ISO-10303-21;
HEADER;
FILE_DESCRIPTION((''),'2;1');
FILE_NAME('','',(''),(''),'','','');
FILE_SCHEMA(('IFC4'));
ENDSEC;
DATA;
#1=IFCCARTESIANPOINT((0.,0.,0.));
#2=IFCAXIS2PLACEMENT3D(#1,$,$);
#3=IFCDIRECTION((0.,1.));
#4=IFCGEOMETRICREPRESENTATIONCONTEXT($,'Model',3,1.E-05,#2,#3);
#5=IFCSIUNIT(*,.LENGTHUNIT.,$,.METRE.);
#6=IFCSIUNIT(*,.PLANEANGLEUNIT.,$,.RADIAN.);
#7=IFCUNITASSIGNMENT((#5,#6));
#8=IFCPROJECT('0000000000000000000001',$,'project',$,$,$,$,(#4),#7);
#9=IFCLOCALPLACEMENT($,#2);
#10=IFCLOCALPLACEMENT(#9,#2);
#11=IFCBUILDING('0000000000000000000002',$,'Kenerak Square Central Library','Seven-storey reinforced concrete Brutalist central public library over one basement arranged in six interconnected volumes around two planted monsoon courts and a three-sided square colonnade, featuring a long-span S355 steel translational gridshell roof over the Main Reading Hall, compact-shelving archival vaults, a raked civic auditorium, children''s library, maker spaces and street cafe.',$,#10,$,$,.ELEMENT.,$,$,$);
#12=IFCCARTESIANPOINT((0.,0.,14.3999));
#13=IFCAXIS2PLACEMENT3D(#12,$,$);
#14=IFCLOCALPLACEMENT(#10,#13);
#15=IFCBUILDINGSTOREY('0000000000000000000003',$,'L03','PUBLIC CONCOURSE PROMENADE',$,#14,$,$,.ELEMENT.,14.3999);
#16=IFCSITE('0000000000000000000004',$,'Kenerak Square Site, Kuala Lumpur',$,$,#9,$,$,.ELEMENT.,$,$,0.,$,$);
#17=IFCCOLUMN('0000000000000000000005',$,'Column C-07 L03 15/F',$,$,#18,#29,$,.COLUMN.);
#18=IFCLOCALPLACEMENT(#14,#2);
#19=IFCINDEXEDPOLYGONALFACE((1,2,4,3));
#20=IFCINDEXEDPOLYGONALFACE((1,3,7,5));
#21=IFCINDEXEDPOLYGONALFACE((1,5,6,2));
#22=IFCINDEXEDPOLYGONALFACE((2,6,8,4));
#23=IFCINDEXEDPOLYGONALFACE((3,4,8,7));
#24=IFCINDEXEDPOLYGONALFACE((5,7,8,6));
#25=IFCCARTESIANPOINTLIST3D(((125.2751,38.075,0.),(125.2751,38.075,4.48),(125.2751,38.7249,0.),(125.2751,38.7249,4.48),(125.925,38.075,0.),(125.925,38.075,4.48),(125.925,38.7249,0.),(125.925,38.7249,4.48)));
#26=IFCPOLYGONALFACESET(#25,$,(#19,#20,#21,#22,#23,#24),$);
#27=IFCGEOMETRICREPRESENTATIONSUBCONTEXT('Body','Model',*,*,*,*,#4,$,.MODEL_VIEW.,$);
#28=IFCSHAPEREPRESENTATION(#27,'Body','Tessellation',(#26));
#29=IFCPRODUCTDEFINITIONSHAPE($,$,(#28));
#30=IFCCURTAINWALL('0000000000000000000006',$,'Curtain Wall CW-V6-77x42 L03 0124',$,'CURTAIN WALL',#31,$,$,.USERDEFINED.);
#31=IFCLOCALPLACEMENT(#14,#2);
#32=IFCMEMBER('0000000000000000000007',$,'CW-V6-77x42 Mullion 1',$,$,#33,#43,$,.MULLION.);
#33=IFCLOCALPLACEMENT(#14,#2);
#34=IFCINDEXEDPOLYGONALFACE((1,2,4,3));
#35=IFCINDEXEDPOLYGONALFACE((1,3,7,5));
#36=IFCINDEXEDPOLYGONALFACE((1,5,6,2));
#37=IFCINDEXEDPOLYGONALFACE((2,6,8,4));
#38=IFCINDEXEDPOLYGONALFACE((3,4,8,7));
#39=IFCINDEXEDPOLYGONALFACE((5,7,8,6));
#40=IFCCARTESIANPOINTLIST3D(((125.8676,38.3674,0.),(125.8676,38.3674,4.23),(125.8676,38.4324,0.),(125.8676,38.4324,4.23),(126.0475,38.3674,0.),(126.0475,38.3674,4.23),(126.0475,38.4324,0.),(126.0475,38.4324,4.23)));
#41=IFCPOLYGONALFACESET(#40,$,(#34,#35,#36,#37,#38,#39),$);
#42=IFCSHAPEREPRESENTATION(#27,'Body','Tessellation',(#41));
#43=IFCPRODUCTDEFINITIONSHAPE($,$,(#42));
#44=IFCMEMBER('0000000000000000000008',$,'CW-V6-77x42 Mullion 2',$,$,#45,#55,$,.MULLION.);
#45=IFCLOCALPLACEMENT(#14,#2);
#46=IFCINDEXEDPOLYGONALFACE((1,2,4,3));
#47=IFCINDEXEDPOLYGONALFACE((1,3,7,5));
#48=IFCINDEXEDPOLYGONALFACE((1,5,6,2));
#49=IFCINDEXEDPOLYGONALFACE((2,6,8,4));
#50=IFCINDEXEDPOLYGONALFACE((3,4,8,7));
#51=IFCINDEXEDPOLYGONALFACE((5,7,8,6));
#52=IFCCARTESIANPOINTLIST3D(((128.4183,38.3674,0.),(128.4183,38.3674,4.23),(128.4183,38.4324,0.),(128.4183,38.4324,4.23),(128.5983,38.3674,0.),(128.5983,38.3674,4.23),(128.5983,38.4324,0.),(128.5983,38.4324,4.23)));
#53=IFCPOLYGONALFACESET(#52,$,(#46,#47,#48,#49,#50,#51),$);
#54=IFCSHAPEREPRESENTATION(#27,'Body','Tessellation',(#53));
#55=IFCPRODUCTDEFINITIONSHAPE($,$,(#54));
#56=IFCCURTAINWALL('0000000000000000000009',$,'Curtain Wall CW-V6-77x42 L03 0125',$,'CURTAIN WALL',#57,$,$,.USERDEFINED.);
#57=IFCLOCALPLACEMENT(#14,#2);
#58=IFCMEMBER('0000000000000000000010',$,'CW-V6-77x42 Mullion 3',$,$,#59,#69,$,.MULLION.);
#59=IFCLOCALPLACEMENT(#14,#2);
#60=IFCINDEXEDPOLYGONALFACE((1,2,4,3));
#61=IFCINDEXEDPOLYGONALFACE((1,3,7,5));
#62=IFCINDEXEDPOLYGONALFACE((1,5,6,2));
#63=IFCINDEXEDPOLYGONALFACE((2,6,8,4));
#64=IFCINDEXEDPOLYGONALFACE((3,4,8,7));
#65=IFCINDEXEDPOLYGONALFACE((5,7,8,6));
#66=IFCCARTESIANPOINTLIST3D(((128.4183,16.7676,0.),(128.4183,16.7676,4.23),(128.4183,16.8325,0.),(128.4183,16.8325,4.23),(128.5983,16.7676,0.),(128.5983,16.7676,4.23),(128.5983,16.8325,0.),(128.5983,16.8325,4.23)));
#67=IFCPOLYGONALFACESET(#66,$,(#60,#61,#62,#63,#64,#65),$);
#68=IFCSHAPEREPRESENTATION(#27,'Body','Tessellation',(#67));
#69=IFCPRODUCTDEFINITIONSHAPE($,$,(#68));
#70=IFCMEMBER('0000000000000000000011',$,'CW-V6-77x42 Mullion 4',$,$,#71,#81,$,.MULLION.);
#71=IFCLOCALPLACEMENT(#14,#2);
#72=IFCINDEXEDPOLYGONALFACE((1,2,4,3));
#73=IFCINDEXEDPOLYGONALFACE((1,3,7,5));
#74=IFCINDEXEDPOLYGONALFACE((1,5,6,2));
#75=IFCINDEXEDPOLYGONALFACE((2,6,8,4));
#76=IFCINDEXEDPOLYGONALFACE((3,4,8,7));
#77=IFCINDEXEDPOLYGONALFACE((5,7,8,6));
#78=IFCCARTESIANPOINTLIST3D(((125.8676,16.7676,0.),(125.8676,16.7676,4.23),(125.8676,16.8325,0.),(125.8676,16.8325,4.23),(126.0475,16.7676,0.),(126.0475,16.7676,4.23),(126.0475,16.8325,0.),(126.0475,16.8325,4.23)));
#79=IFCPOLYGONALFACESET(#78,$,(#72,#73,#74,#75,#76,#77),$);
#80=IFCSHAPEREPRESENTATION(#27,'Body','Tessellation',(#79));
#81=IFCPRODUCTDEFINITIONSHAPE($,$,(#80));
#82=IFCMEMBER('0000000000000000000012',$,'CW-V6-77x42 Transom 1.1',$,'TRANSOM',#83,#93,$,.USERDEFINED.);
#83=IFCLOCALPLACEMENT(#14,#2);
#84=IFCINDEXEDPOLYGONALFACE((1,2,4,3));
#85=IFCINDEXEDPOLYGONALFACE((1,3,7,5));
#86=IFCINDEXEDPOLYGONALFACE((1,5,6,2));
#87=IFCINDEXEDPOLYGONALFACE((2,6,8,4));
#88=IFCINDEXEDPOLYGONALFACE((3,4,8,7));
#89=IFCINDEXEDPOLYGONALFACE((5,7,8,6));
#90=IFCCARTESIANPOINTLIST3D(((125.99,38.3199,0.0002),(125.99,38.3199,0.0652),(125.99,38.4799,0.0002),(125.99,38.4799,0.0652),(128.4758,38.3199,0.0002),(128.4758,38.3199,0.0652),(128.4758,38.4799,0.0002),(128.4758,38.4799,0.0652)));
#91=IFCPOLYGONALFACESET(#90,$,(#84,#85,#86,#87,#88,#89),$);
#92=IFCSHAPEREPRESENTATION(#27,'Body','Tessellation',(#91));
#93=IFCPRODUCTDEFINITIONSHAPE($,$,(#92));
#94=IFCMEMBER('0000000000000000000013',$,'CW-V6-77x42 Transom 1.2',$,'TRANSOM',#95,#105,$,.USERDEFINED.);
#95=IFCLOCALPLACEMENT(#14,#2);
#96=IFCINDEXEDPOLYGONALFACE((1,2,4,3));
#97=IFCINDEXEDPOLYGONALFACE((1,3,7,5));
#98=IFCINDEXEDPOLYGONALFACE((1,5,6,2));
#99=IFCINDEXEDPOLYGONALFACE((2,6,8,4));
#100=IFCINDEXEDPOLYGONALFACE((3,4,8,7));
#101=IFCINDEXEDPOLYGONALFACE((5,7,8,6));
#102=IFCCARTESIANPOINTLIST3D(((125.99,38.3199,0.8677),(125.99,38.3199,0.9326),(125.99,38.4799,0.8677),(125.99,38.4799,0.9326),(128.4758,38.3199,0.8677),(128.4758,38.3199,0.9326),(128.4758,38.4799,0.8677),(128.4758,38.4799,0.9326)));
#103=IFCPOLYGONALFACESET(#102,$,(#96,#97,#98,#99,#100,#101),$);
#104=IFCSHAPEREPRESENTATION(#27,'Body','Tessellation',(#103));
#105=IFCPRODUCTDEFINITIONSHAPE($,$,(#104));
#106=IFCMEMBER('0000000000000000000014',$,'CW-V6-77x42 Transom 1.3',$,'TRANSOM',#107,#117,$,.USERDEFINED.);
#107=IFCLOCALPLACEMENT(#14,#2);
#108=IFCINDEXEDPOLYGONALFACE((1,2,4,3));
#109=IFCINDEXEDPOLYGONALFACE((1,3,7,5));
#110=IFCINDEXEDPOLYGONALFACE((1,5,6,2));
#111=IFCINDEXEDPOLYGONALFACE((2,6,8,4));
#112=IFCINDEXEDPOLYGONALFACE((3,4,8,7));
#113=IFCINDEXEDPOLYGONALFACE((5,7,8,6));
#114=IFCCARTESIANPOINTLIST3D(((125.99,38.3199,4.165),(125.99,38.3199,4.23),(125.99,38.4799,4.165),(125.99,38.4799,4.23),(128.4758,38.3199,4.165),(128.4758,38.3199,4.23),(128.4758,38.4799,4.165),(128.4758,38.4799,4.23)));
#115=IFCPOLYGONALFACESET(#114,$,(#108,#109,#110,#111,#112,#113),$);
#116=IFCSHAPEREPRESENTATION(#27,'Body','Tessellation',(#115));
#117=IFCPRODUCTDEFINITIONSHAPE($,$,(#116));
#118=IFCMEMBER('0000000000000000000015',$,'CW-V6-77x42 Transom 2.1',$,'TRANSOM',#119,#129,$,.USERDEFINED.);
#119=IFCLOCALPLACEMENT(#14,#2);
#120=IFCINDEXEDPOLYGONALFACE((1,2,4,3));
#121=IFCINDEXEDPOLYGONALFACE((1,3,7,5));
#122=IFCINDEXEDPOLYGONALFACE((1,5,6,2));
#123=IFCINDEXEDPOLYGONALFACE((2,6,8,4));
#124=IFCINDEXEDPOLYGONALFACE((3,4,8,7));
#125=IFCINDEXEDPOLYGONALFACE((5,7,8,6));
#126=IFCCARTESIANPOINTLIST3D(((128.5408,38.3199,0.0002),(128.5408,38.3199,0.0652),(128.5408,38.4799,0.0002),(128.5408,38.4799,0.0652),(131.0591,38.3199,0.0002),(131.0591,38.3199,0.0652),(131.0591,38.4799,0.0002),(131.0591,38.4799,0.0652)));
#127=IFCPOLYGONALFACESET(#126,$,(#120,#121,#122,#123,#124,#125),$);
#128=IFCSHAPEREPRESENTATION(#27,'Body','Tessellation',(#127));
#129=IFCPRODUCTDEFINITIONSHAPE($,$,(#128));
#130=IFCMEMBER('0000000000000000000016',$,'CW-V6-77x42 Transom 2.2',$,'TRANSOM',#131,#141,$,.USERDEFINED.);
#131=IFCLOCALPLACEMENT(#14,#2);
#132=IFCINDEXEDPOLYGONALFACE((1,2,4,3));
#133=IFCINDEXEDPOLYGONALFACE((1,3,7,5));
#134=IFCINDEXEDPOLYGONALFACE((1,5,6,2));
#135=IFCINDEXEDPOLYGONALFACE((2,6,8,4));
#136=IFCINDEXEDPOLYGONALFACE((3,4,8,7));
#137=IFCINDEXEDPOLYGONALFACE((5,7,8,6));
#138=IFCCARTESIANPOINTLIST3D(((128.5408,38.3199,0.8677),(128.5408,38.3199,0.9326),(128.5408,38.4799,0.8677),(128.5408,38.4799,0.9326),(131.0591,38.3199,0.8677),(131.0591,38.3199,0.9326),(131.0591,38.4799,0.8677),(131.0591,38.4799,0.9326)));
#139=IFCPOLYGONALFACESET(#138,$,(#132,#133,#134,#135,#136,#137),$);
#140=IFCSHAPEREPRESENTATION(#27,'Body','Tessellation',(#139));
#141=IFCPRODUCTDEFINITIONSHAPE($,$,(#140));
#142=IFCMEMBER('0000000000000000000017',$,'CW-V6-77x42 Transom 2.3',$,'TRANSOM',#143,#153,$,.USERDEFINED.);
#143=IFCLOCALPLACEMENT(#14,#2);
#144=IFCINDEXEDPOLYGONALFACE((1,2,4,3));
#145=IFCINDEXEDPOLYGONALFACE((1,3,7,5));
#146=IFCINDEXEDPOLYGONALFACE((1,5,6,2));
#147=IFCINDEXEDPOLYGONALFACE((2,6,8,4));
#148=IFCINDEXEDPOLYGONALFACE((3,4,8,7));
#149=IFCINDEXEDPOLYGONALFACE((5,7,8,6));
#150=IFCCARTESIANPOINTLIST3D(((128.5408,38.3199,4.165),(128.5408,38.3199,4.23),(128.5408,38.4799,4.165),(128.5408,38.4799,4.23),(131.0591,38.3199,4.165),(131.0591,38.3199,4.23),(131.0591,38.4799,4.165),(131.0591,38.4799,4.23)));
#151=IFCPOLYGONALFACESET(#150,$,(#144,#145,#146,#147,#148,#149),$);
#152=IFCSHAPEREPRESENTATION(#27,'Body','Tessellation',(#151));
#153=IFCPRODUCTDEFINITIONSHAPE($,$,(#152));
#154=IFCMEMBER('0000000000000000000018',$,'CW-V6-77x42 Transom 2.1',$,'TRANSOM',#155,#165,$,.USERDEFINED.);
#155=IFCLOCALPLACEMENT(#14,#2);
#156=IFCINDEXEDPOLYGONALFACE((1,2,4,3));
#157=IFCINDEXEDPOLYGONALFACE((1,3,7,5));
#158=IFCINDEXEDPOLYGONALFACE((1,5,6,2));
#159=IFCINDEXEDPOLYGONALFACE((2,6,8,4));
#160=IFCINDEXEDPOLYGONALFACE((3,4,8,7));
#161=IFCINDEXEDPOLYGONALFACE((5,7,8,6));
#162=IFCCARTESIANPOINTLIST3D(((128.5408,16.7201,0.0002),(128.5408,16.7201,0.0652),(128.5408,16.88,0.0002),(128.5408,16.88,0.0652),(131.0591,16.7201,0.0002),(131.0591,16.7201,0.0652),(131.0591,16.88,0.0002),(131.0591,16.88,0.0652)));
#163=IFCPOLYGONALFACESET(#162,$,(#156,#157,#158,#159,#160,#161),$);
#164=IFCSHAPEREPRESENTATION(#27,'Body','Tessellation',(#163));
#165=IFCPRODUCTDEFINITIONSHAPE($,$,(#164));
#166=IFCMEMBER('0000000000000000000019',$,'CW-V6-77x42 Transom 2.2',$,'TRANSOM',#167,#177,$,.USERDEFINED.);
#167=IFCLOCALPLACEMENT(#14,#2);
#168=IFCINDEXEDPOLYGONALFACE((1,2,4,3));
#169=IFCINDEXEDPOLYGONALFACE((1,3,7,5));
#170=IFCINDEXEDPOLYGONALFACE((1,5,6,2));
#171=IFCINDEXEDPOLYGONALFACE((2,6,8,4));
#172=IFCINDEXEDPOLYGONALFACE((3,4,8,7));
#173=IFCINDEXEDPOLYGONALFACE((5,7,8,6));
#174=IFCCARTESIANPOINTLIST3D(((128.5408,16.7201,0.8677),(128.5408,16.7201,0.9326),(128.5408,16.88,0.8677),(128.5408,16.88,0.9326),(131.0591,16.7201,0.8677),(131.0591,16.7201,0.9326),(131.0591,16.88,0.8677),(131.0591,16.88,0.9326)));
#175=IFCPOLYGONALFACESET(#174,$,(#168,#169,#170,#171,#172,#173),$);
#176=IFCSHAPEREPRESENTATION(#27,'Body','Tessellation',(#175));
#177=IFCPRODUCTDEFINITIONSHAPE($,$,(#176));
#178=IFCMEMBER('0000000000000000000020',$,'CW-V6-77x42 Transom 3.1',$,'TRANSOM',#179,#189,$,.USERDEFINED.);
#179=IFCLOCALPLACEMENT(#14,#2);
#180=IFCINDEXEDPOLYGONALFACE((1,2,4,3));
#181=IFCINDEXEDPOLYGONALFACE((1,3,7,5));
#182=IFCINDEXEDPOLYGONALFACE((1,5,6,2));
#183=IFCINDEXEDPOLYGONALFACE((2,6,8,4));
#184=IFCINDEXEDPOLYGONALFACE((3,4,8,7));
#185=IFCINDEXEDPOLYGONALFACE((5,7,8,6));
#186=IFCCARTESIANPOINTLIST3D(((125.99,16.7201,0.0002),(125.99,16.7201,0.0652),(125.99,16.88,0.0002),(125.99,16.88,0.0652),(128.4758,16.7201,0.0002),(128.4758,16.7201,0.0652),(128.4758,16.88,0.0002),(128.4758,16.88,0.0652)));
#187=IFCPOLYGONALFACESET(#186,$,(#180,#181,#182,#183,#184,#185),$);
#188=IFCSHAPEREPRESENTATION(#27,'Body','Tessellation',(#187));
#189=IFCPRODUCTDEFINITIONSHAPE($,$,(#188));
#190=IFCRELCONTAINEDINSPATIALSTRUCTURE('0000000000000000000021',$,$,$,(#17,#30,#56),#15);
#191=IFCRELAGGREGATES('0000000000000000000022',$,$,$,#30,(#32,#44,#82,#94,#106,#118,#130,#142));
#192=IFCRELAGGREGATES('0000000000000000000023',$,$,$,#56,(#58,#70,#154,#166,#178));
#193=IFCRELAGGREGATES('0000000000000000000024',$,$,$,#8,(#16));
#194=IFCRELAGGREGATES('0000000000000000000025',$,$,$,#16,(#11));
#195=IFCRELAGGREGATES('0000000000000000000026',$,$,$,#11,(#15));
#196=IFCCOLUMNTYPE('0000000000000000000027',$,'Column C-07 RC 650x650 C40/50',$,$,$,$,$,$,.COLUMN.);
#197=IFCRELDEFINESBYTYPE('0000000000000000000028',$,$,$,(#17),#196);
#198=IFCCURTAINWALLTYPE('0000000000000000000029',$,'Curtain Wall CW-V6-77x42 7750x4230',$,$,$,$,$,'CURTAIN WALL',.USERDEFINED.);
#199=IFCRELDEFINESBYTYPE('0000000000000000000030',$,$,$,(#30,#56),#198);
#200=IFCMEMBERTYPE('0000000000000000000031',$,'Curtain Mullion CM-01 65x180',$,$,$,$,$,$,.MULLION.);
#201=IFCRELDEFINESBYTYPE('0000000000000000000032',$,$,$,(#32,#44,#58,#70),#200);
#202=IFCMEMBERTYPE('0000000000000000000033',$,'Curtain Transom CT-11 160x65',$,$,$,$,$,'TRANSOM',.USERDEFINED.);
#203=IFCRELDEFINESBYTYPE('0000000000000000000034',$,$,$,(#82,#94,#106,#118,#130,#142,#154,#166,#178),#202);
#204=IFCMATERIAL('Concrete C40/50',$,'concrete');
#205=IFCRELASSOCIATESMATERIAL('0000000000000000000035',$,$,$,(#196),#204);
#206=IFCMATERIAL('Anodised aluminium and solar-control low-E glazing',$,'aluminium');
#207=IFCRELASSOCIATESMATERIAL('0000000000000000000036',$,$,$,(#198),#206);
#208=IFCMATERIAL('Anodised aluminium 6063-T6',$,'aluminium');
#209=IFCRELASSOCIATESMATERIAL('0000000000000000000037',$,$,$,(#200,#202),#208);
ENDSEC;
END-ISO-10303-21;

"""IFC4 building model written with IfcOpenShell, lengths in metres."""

from ifc_helpers import new_model, si_unit, direction, frame, origin, origin_2d, place, context, subcontext, project, spatial, rectangle, extrude, material, material_profile, profile_set, type_object, element, aggregate, save


model = new_model("IFC4")

# Units and contexts
model_context = context("Model", 3, precision=1e-05, world=origin(), true_north=direction((0.0, 1.0)))
body_context = subcontext(model_context, "Body", "Model", "MODEL_VIEW")
ifc_project = project(units=[si_unit("LENGTHUNIT", "METRE"), si_unit("PLANEANGLEUNIT", "RADIAN")], contexts=[model_context])

# Site, building, storey
site_placement = place(None, origin())
site = spatial("IfcSite", under=ifc_project, at=site_placement, Name="Kenerak Square Site, Kuala Lumpur", CompositionType="ELEMENT", RefElevation=0.0)
building_placement = place(site_placement, origin())
building = spatial("IfcBuilding", under=site, at=building_placement, Name="Kenerak Square Central Library", Description="Seven-storey reinforced concrete Brutalist central public library over one basement arranged in six interconnected volumes around two planted monsoon courts and a three-sided square colonnade, featuring a long-span S355 steel translational gridshell roof over the Main Reading Hall, compact-shelving archival vaults, a raked civic auditorium, children's library, maker spaces and street cafe.", CompositionType="ELEMENT")
storey_placement = place(building_placement, frame((0.0, 0.0, 14.3999)))
storey = spatial("IfcBuildingStorey", under=building, at=storey_placement, Name="L03", Description="PUBLIC CONCOURSE PROMENADE", CompositionType="ELEMENT", Elevation=14.3999)

# Column
ifc_material_1 = material(Name="Concrete C40/50", Category="concrete")
ifc_material_profile_1 = material_profile(ifc_material_1, rectangle(XDim=0.6499, YDim=0.6499, at=origin_2d()), Name="RC 650x650")
ifc_profile_set_1 = profile_set([ifc_material_profile_1], Name="Concrete C40/50")
column_type = type_object("IfcColumnType", Name="Column C-07 RC 650x650 C40/50", PredefinedType="COLUMN", material=ifc_profile_set_1)
column_placement = place(storey_placement, frame((125.6001, 38.3999, 0.0), z_axis=(0.0, 0.0, 1.0), x_axis=(1.0, 0.0, 0.0)))
element("IfcColumn", 1, at=column_placement, inside=storey, type_object=column_type, Name="Column C-07 L03 15/F", PredefinedType="COLUMN", context=body_context, shape_type="SweptSolid", body=[
    extrude(rectangle(XDim=0.6499, YDim=0.6499, at=origin_2d()), origin(), (0.0, 0.0, 1.0), 4.48),
])

# Curtain walls, members
ifc_material_2 = material(Name="Anodised aluminium and solar-control low-E glazing", Category="aluminium")
curtain_wall_type = type_object("IfcCurtainWallType", Name="Curtain Wall CW-V6-77x42 7750x4230", ElementType="CURTAIN WALL", PredefinedType="USERDEFINED", material=ifc_material_2)
curtain_wall_1_placement = place(storey_placement, origin())
curtain_wall_1 = element("IfcCurtainWall", 2, at=curtain_wall_1_placement, inside=storey, type_object=curtain_wall_type, Name="Curtain Wall CW-V6-77x42 L03 0124", ObjectType="CURTAIN WALL", PredefinedType="USERDEFINED")
ifc_material_3 = material(Name="Anodised aluminium 6063-T6", Category="aluminium")
ifc_material_profile_2 = material_profile(ifc_material_3, rectangle(XDim=0.0649, YDim=0.1799, at=origin_2d()), Name="AL MULLION 65x180")
ifc_profile_set_2 = profile_set([ifc_material_profile_2], Name="Anodised aluminium 6063-T6")
member_type_1 = type_object("IfcMemberType", Name="Curtain Mullion CM-01 65x180", PredefinedType="MULLION", material=ifc_profile_set_2)
member_1_placement = place(storey_placement, frame((125.9575, 38.3999, 0.0), z_axis=(0.0, 0.0, 1.0), x_axis=(0.0, 1.0, 0.0)))
member_1 = element("IfcMember", 3, at=member_1_placement, type_object=member_type_1, Name="CW-V6-77x42 Mullion 1", PredefinedType="MULLION", context=body_context, shape_type="SweptSolid", body=[
    extrude(rectangle(XDim=0.0649, YDim=0.1799, at=origin_2d()), origin(), (0.0, 0.0, 1.0), 4.23),
])
member_2_placement = place(storey_placement, frame((128.5083, 38.3999, 0.0), z_axis=(0.0, 0.0, 1.0), x_axis=(0.0, 1.0, 0.0)))
member_2 = element("IfcMember", 4, at=member_2_placement, type_object=member_type_1, Name="CW-V6-77x42 Mullion 2", PredefinedType="MULLION", context=body_context, shape_type="SweptSolid", body=[
    extrude(rectangle(XDim=0.0649, YDim=0.1799, at=origin_2d()), origin(), (0.0, 0.0, 1.0), 4.23),
])
curtain_wall_2_placement = place(storey_placement, origin())
curtain_wall_2 = element("IfcCurtainWall", 5, at=curtain_wall_2_placement, inside=storey, type_object=curtain_wall_type, Name="Curtain Wall CW-V6-77x42 L03 0125", ObjectType="CURTAIN WALL", PredefinedType="USERDEFINED")
member_3_placement = place(storey_placement, frame((128.5083, 16.8, 0.0), z_axis=(0.0, 0.0, 1.0), x_axis=(0.0, -1.0, 0.0)))
member_3 = element("IfcMember", 6, at=member_3_placement, type_object=member_type_1, Name="CW-V6-77x42 Mullion 3", PredefinedType="MULLION", context=body_context, shape_type="SweptSolid", body=[
    extrude(rectangle(XDim=0.0649, YDim=0.1799, at=origin_2d()), origin(), (0.0, 0.0, 1.0), 4.23),
])
member_4_placement = place(storey_placement, frame((125.9575, 16.8, 0.0), z_axis=(0.0, 0.0, 1.0), x_axis=(0.0, -1.0, 0.0)))
member_4 = element("IfcMember", 7, at=member_4_placement, type_object=member_type_1, Name="CW-V6-77x42 Mullion 4", PredefinedType="MULLION", context=body_context, shape_type="SweptSolid", body=[
    extrude(rectangle(XDim=0.0649, YDim=0.1799, at=origin_2d()), origin(), (0.0, 0.0, 1.0), 4.23),
])

# Members
ifc_material_profile_3 = material_profile(ifc_material_3, rectangle(XDim=0.1599, YDim=0.0649, at=origin_2d()), Name="AL TRANSOM 160x65")
ifc_profile_set_3 = profile_set([ifc_material_profile_3], Name="Anodised aluminium 6063-T6")
member_type_2 = type_object("IfcMemberType", Name="Curtain Transom CT-11 160x65", ElementType="TRANSOM", PredefinedType="USERDEFINED", material=ifc_profile_set_3)
member_5_placement = place(storey_placement, frame((125.99, 38.3999, 0.0327), z_axis=(1.0, 0.0, 0.0), x_axis=(0.0, 1.0, 0.0)))
member_5 = element("IfcMember", 8, at=member_5_placement, type_object=member_type_2, Name="CW-V6-77x42 Transom 1.1", ObjectType="TRANSOM", PredefinedType="USERDEFINED", context=body_context, shape_type="SweptSolid", body=[
    extrude(rectangle(XDim=0.1599, YDim=0.0649, at=origin_2d()), origin(), (0.0, 0.0, 1.0), 2.4858),
])
member_6_placement = place(storey_placement, frame((125.99, 38.3999, 0.9001), z_axis=(1.0, 0.0, 0.0), x_axis=(0.0, 1.0, 0.0)))
member_6 = element("IfcMember", 9, at=member_6_placement, type_object=member_type_2, Name="CW-V6-77x42 Transom 1.2", ObjectType="TRANSOM", PredefinedType="USERDEFINED", context=body_context, shape_type="SweptSolid", body=[
    extrude(rectangle(XDim=0.1599, YDim=0.0649, at=origin_2d()), origin(), (0.0, 0.0, 1.0), 2.4858),
])
member_7_placement = place(storey_placement, frame((125.99, 38.3999, 4.1975), z_axis=(1.0, 0.0, 0.0), x_axis=(0.0, 1.0, 0.0)))
member_7 = element("IfcMember", 10, at=member_7_placement, type_object=member_type_2, Name="CW-V6-77x42 Transom 1.3", ObjectType="TRANSOM", PredefinedType="USERDEFINED", context=body_context, shape_type="SweptSolid", body=[
    extrude(rectangle(XDim=0.1599, YDim=0.0649, at=origin_2d()), origin(), (0.0, 0.0, 1.0), 2.4858),
])
member_8_placement = place(storey_placement, frame((128.5408, 38.3999, 0.0327), z_axis=(1.0, 0.0, 0.0), x_axis=(0.0, 1.0, 0.0)))
member_8 = element("IfcMember", 11, at=member_8_placement, type_object=member_type_2, Name="CW-V6-77x42 Transom 2.1", ObjectType="TRANSOM", PredefinedType="USERDEFINED", context=body_context, shape_type="SweptSolid", body=[
    extrude(rectangle(XDim=0.1599, YDim=0.0649, at=origin_2d()), origin(), (0.0, 0.0, 1.0), 2.5183),
])
member_9_placement = place(storey_placement, frame((128.5408, 38.3999, 0.9001), z_axis=(1.0, 0.0, 0.0), x_axis=(0.0, 1.0, 0.0)))
member_9 = element("IfcMember", 12, at=member_9_placement, type_object=member_type_2, Name="CW-V6-77x42 Transom 2.2", ObjectType="TRANSOM", PredefinedType="USERDEFINED", context=body_context, shape_type="SweptSolid", body=[
    extrude(rectangle(XDim=0.1599, YDim=0.0649, at=origin_2d()), origin(), (0.0, 0.0, 1.0), 2.5183),
])
member_10_placement = place(storey_placement, frame((128.5408, 38.3999, 4.1975), z_axis=(1.0, 0.0, 0.0), x_axis=(0.0, 1.0, 0.0)))
member_10 = element("IfcMember", 13, at=member_10_placement, type_object=member_type_2, Name="CW-V6-77x42 Transom 2.3", ObjectType="TRANSOM", PredefinedType="USERDEFINED", context=body_context, shape_type="SweptSolid", body=[
    extrude(rectangle(XDim=0.1599, YDim=0.0649, at=origin_2d()), origin(), (0.0, 0.0, 1.0), 2.5183),
])
member_11_placement = place(storey_placement, frame((131.0591, 16.8, 0.0327), z_axis=(-1.0, 0.0, 0.0), x_axis=(0.0, -1.0, 0.0)))
member_11 = element("IfcMember", 14, at=member_11_placement, type_object=member_type_2, Name="CW-V6-77x42 Transom 2.1", ObjectType="TRANSOM", PredefinedType="USERDEFINED", context=body_context, shape_type="SweptSolid", body=[
    extrude(rectangle(XDim=0.1599, YDim=0.0649, at=origin_2d()), origin(), (0.0, 0.0, 1.0), 2.5183),
])
member_12_placement = place(storey_placement, frame((131.0591, 16.8, 0.9001), z_axis=(-1.0, 0.0, 0.0), x_axis=(0.0, -1.0, 0.0)))
member_12 = element("IfcMember", 15, at=member_12_placement, type_object=member_type_2, Name="CW-V6-77x42 Transom 2.2", ObjectType="TRANSOM", PredefinedType="USERDEFINED", context=body_context, shape_type="SweptSolid", body=[
    extrude(rectangle(XDim=0.1599, YDim=0.0649, at=origin_2d()), origin(), (0.0, 0.0, 1.0), 2.5183),
])
member_13_placement = place(storey_placement, frame((128.4758, 16.8, 0.0327), z_axis=(-1.0, 0.0, 0.0), x_axis=(0.0, -1.0, 0.0)))
member_13 = element("IfcMember", 16, at=member_13_placement, type_object=member_type_2, Name="CW-V6-77x42 Transom 3.1", ObjectType="TRANSOM", PredefinedType="USERDEFINED", context=body_context, shape_type="SweptSolid", body=[
    extrude(rectangle(XDim=0.1599, YDim=0.0649, at=origin_2d()), origin(), (0.0, 0.0, 1.0), 2.4858),
])

aggregate(curtain_wall_1, [member_1, member_2, member_5, member_6, member_7, member_8, member_9, member_10])
aggregate(curtain_wall_2, [member_3, member_4, member_11, member_12, member_13])

save(model, "model.ifc")
